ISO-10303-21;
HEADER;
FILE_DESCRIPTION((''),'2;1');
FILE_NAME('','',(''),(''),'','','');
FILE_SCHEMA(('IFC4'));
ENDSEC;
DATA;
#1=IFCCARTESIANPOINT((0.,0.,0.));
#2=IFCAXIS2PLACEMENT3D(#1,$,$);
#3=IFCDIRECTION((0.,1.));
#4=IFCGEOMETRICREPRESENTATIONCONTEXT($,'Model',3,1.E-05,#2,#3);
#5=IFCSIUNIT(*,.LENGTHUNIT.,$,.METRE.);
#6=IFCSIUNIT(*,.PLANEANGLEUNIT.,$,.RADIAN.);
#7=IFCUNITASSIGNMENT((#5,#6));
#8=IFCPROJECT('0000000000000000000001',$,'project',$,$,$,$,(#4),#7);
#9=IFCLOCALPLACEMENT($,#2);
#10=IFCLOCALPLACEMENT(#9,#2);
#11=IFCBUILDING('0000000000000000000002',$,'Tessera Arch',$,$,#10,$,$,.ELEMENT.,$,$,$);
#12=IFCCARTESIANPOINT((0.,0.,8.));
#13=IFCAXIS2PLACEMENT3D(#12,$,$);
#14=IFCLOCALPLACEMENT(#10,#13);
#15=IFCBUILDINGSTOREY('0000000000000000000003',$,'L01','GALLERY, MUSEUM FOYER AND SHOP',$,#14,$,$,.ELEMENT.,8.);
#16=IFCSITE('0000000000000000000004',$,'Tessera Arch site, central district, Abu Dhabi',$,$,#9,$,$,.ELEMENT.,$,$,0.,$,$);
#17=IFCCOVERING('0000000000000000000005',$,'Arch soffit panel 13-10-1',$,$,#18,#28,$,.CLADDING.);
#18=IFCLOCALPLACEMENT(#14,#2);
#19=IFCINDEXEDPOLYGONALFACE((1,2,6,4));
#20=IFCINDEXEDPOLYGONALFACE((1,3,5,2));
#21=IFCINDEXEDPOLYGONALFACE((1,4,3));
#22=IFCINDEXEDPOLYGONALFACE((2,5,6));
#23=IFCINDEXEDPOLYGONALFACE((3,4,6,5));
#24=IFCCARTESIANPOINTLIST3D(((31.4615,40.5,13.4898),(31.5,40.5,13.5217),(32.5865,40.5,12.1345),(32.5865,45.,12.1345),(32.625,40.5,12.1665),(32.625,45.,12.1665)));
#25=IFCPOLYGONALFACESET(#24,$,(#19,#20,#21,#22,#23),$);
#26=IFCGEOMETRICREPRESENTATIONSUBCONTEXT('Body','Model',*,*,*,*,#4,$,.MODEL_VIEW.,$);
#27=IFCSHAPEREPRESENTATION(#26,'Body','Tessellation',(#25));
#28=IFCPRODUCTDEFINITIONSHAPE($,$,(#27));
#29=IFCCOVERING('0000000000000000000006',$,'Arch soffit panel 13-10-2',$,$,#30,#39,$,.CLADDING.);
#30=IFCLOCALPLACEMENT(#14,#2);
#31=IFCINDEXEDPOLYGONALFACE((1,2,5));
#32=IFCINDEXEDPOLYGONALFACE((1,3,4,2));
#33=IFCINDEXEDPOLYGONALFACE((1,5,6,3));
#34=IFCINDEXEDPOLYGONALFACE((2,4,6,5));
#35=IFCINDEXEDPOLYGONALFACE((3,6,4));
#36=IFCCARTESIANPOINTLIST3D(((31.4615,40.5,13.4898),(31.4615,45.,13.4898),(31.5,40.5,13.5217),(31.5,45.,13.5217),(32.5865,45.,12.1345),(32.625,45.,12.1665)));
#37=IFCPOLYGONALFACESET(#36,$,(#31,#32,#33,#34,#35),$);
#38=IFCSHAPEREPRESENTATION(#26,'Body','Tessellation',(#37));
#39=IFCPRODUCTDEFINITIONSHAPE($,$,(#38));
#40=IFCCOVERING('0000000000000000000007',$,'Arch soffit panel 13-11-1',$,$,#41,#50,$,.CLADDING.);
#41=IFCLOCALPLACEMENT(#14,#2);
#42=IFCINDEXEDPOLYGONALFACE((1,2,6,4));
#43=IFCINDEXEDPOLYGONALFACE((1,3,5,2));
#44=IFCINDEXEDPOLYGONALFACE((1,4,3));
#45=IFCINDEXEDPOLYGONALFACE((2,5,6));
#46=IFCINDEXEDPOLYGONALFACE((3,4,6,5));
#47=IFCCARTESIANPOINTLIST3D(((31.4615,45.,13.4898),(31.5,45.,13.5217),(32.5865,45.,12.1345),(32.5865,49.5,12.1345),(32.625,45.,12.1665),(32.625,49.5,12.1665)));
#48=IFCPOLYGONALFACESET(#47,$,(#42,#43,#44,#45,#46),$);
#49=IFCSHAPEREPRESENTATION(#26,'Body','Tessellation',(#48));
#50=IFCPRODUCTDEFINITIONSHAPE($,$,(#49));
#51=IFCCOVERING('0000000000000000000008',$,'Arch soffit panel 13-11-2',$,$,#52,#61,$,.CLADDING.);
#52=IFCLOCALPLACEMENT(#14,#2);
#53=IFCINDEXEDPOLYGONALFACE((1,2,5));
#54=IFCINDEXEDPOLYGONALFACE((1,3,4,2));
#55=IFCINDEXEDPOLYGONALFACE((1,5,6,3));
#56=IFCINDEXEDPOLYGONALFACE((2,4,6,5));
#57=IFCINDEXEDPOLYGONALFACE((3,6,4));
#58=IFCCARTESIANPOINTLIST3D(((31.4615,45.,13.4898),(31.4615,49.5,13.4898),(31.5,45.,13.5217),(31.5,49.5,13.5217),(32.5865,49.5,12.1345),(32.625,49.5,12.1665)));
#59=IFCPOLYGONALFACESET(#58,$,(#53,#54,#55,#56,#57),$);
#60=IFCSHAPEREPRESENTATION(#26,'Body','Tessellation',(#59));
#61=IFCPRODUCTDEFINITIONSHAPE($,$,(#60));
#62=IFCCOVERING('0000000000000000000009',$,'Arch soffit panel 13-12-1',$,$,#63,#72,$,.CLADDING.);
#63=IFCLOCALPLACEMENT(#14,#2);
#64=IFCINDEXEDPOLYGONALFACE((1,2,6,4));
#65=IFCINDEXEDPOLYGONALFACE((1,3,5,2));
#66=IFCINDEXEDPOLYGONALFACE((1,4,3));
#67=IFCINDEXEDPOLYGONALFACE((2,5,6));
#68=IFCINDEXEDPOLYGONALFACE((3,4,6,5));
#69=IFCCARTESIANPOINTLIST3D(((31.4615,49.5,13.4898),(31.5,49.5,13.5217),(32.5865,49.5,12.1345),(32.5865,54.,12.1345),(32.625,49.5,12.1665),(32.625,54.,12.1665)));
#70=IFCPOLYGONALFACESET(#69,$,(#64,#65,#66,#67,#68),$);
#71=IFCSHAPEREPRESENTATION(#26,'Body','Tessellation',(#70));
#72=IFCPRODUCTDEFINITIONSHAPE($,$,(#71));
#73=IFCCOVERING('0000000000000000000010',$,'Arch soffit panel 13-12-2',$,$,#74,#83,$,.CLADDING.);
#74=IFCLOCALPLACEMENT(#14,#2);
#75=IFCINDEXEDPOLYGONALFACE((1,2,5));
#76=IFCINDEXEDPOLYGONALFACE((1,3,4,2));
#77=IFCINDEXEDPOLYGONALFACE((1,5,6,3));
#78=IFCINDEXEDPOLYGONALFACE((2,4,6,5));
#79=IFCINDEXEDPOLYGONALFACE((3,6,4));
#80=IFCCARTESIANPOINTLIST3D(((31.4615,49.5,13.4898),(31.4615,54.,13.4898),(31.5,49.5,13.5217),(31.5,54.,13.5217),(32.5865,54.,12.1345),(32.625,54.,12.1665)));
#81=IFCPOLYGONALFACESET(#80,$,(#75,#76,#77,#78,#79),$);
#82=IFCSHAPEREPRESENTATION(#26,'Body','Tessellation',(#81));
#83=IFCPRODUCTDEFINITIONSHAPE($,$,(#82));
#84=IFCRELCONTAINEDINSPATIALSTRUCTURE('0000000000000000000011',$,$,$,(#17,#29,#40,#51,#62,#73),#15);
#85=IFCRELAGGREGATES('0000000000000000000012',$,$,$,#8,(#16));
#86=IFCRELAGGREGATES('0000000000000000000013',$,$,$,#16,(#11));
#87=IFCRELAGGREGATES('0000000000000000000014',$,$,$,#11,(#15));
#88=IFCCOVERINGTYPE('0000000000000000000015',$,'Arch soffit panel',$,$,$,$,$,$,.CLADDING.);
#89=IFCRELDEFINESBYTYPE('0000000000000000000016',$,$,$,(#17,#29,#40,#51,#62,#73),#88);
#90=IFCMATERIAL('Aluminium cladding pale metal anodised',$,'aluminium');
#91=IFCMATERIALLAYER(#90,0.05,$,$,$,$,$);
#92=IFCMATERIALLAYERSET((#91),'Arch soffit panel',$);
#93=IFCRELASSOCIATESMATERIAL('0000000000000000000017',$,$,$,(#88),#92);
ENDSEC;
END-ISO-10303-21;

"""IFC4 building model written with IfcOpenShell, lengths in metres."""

from ifc_helpers import new_model, si_unit, direction, frame, origin, place, context, subcontext, project, spatial, polyline, outline, extrude, material, layer, layer_set, type_object, element, save


model = new_model("IFC4")

# Units and contexts
model_context = context("Model", 3, precision=1e-05, world=origin(), true_north=direction((0.0, 1.0)))
body_context = subcontext(model_context, "Body", "Model", "MODEL_VIEW")
ifc_project = project(units=[si_unit("LENGTHUNIT", "METRE"), si_unit("PLANEANGLEUNIT", "RADIAN")], contexts=[model_context])

# Site, building, storey
site_placement = place(None, origin())
site = spatial("IfcSite", under=ifc_project, at=site_placement, Name="Tessera Arch site, central district, Abu Dhabi", CompositionType="ELEMENT", RefElevation=0.0)
building_placement = place(site_placement, origin())
building = spatial("IfcBuilding", under=site, at=building_placement, Name="Tessera Arch", CompositionType="ELEMENT")
storey_placement = place(building_placement, frame((0.0, 0.0, 8.0)))
storey = spatial("IfcBuildingStorey", under=building, at=storey_placement, Name="L01", Description="GALLERY, MUSEUM FOYER AND SHOP", CompositionType="ELEMENT", Elevation=8.0)

# Coverings
ifc_material = material(Name="Aluminium cladding pale metal anodised", Category="aluminium")
ifc_layer = layer(ifc_material, 0.05)
ifc_layer_set = layer_set([ifc_layer], Name="Arch soffit panel")
covering_type = type_object("IfcCoveringType", Name="Arch soffit panel", PredefinedType="CLADDING", material=ifc_layer_set)
covering_1_placement = place(storey_placement, frame((31.5, 40.5, 13.5217), z_axis=(0.769436, 0.0, 0.638724), x_axis=(0.638724, 0.0, -0.769436)))
element("IfcCovering", 1, at=covering_1_placement, inside=storey, type_object=covering_type, Name="Arch soffit panel 13-10-1", PredefinedType="CLADDING", context=body_context, shape_type="SweptSolid", body=[
    extrude(outline(polyline([(0.0, 0.0), (1.7613, 0.0), (1.7613, 4.5), (0.0, 0.0)])), origin(), (0.0, 0.0, -1.0), 0.05),
])
covering_2_placement = place(storey_placement, frame((31.5, 40.5, 13.5217), z_axis=(0.769436, 0.0, 0.638724), x_axis=(0.232803, 0.931211, -0.280444)))
element("IfcCovering", 2, at=covering_2_placement, inside=storey, type_object=covering_type, Name="Arch soffit panel 13-10-2", PredefinedType="CLADDING", context=body_context, shape_type="SweptSolid", body=[
    extrude(outline(polyline([(0.0, 0.0), (4.8324, 0.0), (4.1904, 1.6402), (0.0, 0.0)])), origin(), (0.0, 0.0, -1.0), 0.05),
])
covering_3_placement = place(storey_placement, frame((31.5, 45.0, 13.5217), z_axis=(0.769436, 0.0, 0.638724), x_axis=(0.638724, 0.0, -0.769436)))
element("IfcCovering", 3, at=covering_3_placement, inside=storey, type_object=covering_type, Name="Arch soffit panel 13-11-1", PredefinedType="CLADDING", context=body_context, shape_type="SweptSolid", body=[
    extrude(outline(polyline([(0.0, 0.0), (1.7613, 0.0), (1.7613, 4.5), (0.0, 0.0)])), origin(), (0.0, 0.0, -1.0), 0.05),
])
covering_4_placement = place(storey_placement, frame((31.5, 45.0, 13.5217), z_axis=(0.769436, 0.0, 0.638724), x_axis=(0.232803, 0.931211, -0.280444)))
element("IfcCovering", 4, at=covering_4_placement, inside=storey, type_object=covering_type, Name="Arch soffit panel 13-11-2", PredefinedType="CLADDING", context=body_context, shape_type="SweptSolid", body=[
    extrude(outline(polyline([(0.0, 0.0), (4.8324, 0.0), (4.1904, 1.6402), (0.0, 0.0)])), origin(), (0.0, 0.0, -1.0), 0.05),
])
covering_5_placement = place(storey_placement, frame((31.5, 49.5, 13.5217), z_axis=(0.769436, 0.0, 0.638724), x_axis=(0.638724, 0.0, -0.769436)))
element("IfcCovering", 5, at=covering_5_placement, inside=storey, type_object=covering_type, Name="Arch soffit panel 13-12-1", PredefinedType="CLADDING", context=body_context, shape_type="SweptSolid", body=[
    extrude(outline(polyline([(0.0, 0.0), (1.7613, 0.0), (1.7613, 4.5), (0.0, 0.0)])), origin(), (0.0, 0.0, -1.0), 0.05),
])
covering_6_placement = place(storey_placement, frame((31.5, 49.5, 13.5217), z_axis=(0.769436, 0.0, 0.638724), x_axis=(0.232803, 0.931211, -0.280444)))
element("IfcCovering", 6, at=covering_6_placement, inside=storey, type_object=covering_type, Name="Arch soffit panel 13-12-2", PredefinedType="CLADDING", context=body_context, shape_type="SweptSolid", body=[
    extrude(outline(polyline([(0.0, 0.0), (4.8324, 0.0), (4.1904, 1.6402), (0.0, 0.0)])), origin(), (0.0, 0.0, -1.0), 0.05),
])

save(model, "model.ifc")
